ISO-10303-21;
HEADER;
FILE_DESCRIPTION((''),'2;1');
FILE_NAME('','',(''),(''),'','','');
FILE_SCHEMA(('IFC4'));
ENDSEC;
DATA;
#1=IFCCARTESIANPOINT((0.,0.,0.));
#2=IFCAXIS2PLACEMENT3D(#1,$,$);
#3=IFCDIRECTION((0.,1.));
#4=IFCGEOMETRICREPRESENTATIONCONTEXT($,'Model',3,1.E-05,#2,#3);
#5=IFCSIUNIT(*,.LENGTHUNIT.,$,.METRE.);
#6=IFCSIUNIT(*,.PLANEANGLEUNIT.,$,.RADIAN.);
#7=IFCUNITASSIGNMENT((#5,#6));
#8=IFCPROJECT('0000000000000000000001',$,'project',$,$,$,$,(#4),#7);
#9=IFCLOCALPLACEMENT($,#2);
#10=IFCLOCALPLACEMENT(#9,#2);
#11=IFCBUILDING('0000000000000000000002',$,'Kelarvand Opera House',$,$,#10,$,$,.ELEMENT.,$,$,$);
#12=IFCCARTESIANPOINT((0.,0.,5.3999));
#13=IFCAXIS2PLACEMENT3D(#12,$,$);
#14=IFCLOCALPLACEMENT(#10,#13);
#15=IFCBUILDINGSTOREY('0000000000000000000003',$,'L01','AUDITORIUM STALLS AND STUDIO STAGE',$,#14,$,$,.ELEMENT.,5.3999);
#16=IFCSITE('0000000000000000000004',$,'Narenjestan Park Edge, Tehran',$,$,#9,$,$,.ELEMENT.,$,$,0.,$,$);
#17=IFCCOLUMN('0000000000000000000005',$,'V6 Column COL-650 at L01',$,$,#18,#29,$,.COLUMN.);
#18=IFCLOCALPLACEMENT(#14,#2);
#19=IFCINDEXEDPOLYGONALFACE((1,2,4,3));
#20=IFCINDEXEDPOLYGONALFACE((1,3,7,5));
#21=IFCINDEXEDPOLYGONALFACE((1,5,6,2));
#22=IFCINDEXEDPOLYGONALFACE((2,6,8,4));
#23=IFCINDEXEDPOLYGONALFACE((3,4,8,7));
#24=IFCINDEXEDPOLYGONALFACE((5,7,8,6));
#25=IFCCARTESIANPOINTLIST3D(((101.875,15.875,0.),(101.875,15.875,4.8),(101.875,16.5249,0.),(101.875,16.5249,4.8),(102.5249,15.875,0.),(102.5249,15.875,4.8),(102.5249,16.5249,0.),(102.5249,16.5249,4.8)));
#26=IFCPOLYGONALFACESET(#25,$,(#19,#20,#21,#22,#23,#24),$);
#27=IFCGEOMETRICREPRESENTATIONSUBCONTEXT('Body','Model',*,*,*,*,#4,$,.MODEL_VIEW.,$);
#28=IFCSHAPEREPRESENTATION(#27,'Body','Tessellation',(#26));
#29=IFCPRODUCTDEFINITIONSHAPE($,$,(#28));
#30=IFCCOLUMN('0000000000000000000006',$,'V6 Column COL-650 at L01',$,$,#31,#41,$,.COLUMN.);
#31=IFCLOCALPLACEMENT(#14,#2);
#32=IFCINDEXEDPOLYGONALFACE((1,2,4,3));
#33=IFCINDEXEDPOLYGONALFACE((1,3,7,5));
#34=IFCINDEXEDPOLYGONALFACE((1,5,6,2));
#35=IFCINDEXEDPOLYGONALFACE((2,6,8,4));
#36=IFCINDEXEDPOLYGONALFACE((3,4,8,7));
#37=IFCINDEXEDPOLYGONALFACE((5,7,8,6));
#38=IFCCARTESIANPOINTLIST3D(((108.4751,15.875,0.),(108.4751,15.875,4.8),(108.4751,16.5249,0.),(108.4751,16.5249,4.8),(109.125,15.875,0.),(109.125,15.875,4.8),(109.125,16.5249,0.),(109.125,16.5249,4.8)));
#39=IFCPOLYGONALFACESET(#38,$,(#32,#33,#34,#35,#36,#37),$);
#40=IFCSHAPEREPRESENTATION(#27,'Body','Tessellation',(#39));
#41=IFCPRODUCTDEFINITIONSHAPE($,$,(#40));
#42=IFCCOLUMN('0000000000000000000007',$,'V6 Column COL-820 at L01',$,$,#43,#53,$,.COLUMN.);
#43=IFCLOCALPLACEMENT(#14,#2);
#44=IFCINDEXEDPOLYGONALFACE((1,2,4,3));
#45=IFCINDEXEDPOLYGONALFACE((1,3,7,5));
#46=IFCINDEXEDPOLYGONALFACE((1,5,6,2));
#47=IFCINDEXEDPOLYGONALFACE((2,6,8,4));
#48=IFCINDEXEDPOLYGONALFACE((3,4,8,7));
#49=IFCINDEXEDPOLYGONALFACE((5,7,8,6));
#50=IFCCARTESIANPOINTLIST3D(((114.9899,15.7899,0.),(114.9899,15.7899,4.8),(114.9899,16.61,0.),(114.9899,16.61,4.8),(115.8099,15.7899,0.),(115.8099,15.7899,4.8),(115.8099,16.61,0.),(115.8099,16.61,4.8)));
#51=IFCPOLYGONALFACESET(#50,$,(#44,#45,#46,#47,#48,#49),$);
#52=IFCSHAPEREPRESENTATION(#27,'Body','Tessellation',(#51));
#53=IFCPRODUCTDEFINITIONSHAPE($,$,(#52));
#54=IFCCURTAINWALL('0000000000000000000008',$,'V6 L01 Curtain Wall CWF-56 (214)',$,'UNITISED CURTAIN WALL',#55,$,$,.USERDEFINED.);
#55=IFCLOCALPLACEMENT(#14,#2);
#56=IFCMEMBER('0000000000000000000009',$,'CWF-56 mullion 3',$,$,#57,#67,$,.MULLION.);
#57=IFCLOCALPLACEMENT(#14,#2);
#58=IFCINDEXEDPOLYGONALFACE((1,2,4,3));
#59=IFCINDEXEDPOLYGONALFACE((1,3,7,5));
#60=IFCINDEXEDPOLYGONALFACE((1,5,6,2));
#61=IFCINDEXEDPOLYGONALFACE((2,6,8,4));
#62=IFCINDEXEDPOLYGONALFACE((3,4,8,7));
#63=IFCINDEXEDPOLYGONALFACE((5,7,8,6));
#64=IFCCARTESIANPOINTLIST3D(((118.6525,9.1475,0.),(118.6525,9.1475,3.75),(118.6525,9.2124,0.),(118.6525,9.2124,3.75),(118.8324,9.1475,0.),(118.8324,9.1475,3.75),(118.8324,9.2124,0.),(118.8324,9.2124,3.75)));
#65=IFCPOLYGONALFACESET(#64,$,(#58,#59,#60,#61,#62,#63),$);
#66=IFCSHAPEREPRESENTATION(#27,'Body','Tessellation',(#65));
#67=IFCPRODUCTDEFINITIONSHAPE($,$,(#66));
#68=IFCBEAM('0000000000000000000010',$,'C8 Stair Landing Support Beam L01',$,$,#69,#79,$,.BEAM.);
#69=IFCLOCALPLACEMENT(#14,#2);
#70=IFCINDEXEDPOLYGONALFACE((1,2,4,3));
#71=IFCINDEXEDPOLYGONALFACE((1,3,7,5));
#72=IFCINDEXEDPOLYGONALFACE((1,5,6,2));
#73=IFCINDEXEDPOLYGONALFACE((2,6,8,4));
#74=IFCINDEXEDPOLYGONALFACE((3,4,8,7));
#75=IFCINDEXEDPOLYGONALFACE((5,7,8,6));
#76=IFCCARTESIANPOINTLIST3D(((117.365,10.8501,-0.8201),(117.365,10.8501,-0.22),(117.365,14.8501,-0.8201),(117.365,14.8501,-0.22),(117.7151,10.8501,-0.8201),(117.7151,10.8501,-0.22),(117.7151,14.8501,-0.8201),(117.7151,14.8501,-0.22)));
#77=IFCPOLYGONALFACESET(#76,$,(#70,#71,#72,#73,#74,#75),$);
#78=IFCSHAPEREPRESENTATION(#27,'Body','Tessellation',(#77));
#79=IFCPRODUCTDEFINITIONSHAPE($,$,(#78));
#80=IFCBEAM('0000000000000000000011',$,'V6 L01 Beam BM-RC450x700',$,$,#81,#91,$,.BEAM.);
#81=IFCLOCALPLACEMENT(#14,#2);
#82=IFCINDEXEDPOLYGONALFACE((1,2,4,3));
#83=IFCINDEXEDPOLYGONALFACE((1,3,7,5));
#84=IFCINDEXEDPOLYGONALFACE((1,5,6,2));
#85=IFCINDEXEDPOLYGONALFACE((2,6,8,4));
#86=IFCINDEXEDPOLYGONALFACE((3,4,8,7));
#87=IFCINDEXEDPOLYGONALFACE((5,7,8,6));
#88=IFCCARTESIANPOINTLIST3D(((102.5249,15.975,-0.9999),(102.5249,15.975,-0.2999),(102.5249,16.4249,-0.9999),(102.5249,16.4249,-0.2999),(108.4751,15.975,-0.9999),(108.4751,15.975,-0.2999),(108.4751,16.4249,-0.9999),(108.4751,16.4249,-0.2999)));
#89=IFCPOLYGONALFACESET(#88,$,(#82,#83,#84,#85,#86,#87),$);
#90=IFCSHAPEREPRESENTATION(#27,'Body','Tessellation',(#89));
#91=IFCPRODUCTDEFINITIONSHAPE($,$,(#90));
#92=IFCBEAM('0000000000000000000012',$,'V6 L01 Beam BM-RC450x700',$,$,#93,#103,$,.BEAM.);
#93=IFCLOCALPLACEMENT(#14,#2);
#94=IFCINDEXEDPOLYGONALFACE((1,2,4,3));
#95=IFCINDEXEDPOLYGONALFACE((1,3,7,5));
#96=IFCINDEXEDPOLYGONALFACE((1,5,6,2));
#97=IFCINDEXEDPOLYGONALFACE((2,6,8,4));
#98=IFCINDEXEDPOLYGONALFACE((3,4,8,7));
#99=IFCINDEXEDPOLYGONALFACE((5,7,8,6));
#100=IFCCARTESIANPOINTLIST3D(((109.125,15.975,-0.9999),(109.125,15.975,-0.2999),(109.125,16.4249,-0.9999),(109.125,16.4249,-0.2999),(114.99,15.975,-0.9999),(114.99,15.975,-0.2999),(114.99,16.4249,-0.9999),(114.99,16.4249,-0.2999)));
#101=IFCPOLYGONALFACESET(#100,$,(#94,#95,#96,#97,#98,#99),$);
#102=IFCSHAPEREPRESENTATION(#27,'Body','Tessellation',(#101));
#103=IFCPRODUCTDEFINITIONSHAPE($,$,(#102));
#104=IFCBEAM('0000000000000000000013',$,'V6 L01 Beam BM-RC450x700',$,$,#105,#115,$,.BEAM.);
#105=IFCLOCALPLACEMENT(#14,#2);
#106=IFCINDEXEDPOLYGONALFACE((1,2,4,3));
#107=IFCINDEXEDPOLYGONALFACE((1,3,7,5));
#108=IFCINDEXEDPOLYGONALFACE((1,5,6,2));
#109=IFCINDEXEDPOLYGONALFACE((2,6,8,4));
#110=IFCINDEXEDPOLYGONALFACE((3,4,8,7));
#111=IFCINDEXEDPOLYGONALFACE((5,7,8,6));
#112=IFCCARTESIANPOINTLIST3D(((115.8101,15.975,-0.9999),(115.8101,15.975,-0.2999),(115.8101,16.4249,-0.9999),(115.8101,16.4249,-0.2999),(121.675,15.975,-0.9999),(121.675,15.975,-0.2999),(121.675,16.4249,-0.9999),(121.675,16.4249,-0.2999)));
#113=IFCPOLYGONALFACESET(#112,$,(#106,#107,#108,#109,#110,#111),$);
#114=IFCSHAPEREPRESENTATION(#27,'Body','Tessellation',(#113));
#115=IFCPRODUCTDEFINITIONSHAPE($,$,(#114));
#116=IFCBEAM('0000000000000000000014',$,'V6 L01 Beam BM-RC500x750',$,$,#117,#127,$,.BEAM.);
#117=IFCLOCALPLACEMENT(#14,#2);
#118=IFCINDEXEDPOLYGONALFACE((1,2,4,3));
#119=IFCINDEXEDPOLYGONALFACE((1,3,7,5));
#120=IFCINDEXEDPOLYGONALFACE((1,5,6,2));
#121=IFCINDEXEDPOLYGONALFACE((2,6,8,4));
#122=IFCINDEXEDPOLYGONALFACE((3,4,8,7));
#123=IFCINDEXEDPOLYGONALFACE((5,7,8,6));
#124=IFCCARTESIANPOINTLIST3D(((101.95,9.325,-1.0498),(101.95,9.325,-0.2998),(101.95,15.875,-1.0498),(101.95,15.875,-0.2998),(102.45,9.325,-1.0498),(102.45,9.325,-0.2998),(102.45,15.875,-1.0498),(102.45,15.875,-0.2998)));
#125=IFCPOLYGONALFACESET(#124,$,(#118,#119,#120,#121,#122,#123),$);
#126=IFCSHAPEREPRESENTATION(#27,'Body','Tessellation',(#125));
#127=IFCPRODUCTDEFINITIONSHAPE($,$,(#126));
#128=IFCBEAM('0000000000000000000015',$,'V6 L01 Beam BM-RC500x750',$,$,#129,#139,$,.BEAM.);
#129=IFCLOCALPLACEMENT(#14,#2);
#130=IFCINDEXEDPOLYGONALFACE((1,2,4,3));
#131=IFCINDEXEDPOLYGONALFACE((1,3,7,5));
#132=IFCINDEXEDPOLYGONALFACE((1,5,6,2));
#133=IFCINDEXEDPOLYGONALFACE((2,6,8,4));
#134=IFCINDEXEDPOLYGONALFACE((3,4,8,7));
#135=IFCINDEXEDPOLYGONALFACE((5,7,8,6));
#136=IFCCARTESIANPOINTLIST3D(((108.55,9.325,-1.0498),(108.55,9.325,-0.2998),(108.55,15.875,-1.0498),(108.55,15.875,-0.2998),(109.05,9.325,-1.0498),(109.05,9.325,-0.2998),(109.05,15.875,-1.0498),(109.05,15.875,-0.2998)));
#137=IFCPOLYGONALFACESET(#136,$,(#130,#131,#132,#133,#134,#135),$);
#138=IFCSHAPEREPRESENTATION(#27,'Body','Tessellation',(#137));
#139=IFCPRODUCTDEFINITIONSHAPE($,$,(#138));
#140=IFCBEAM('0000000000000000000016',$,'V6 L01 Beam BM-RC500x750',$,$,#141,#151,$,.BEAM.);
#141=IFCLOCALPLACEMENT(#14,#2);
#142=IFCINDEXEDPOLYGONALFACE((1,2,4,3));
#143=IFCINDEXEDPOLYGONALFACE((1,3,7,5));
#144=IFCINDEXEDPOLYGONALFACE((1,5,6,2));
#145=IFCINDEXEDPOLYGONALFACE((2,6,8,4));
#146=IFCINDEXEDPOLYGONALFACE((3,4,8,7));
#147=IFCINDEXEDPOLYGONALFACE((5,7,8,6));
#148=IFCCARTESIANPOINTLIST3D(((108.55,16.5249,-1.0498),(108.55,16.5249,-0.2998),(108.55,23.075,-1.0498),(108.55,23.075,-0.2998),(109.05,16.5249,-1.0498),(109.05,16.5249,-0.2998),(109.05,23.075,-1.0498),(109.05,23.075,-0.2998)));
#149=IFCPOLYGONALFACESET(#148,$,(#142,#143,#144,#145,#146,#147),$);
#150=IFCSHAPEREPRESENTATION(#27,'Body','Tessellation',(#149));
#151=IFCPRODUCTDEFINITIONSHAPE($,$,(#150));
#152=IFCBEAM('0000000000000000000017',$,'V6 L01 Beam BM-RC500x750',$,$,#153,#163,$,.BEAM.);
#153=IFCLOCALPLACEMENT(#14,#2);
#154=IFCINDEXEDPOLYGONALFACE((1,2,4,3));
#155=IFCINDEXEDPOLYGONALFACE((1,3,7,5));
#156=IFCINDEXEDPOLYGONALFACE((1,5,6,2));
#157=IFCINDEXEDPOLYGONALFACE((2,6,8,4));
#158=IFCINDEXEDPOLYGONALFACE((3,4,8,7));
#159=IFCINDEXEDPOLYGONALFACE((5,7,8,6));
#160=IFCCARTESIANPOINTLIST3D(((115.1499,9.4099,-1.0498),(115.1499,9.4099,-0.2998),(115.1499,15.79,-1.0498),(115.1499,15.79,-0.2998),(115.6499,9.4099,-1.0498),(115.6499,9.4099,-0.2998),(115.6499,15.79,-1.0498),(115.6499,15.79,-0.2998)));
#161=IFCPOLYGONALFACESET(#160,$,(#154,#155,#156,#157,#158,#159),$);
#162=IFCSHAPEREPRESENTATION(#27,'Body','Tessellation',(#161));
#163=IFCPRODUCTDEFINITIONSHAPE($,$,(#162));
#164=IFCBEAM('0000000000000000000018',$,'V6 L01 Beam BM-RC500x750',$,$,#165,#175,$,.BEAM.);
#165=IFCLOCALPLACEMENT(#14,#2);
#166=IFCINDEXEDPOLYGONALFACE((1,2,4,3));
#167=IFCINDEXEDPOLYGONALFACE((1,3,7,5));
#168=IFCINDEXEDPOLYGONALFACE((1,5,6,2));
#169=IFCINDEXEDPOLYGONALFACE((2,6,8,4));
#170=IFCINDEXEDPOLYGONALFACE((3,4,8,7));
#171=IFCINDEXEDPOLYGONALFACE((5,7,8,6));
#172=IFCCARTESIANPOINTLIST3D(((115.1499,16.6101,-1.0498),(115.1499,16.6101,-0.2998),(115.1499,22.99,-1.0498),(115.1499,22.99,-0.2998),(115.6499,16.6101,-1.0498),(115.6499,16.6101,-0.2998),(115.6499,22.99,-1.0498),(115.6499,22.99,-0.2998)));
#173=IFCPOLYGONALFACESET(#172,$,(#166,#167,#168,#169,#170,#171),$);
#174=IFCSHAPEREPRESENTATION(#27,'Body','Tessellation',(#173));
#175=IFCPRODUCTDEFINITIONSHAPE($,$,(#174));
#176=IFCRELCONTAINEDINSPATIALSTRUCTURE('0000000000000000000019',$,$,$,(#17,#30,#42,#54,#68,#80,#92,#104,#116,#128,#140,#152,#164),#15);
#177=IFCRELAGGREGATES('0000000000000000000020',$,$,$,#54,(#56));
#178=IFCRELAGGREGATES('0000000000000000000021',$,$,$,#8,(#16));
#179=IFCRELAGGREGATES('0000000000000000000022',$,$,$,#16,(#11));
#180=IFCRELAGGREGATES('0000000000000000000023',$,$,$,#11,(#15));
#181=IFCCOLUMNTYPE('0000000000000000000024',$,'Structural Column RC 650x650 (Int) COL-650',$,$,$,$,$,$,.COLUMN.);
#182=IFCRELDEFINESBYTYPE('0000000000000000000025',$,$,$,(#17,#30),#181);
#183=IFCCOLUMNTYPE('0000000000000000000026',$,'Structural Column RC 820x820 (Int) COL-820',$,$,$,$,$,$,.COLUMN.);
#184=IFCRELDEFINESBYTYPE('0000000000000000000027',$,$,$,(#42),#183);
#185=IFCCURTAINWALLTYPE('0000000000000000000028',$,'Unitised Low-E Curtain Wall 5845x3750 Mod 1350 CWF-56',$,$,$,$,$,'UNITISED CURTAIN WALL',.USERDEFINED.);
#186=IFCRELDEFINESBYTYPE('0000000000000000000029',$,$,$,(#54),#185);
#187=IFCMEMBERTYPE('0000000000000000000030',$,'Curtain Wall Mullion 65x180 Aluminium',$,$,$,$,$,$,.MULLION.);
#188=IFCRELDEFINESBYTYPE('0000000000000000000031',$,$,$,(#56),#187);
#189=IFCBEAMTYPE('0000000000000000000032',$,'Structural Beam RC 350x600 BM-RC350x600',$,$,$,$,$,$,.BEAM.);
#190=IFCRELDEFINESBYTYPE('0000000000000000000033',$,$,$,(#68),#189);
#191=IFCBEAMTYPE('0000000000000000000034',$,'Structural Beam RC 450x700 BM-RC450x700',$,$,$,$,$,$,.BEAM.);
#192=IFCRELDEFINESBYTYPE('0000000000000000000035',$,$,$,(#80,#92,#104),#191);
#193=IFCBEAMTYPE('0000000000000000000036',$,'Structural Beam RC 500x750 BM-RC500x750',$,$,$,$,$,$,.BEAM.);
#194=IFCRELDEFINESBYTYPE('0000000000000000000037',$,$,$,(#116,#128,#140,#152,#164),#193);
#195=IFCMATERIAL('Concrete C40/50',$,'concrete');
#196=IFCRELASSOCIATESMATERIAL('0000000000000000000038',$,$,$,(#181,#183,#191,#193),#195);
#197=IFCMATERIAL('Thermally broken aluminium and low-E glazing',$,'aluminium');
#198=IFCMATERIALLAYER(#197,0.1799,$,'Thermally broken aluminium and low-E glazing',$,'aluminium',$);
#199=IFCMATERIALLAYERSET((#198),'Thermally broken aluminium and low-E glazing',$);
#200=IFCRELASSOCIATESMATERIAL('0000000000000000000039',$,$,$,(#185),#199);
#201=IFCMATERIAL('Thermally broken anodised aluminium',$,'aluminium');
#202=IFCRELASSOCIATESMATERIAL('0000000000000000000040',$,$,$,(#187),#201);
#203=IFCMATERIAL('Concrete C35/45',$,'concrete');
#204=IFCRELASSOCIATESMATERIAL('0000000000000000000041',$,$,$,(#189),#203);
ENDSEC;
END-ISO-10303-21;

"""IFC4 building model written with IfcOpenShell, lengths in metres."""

from ifc_helpers import new_model, si_unit, direction, frame, origin, origin_2d, place, context, subcontext, project, spatial, rectangle, extrude, material, layer, layer_set, material_profile, profile_set, type_object, element, aggregate, save


model = new_model("IFC4")

# Units and contexts
model_context = context("Model", 3, precision=1e-05, world=origin(), true_north=direction((0.0, 1.0)))
body_context = subcontext(model_context, "Body", "Model", "MODEL_VIEW")
ifc_project = project(units=[si_unit("LENGTHUNIT", "METRE"), si_unit("PLANEANGLEUNIT", "RADIAN")], contexts=[model_context])

# Site, building, storey
site_placement = place(None, origin())
site = spatial("IfcSite", under=ifc_project, at=site_placement, Name="Narenjestan Park Edge, Tehran", CompositionType="ELEMENT", RefElevation=0.0)
building_placement = place(site_placement, origin())
building = spatial("IfcBuilding", under=site, at=building_placement, Name="Kelarvand Opera House", CompositionType="ELEMENT")
storey_placement = place(building_placement, frame((0.0, 0.0, 5.3999)))
storey = spatial("IfcBuildingStorey", under=building, at=storey_placement, Name="L01", Description="AUDITORIUM STALLS AND STUDIO STAGE", CompositionType="ELEMENT", Elevation=5.3999)

# Columns
ifc_material_1 = material(Name="Concrete C40/50", Category="concrete")
ifc_material_profile_1 = material_profile(ifc_material_1, rectangle(XDim=0.6499, YDim=0.6499, at=origin_2d()), Name="RC 650x650", Category="concrete")
ifc_profile_set_1 = profile_set([ifc_material_profile_1], Name="Concrete C40/50")
column_type_1 = type_object("IfcColumnType", Name="Structural Column RC 650x650 (Int) COL-650", PredefinedType="COLUMN", material=ifc_profile_set_1)
for number, where, z_axis, x_axis, name in (
    (1, (102.2, 16.2, 0.0), (0.0, 0.0, 1.0), (1.0, 0.0, 0.0), "V6 Column COL-650 at L01"),
    (2, (108.8, 16.2, 0.0), (0.0, 0.0, 1.0), (1.0, 0.0, 0.0), "V6 Column COL-650 at L01"),
):
    element("IfcColumn", number, at=place(storey_placement, frame(where, z_axis=z_axis, x_axis=x_axis)), inside=storey, type_object=column_type_1, Name=name, PredefinedType="COLUMN", context=body_context, shape_type="SweptSolid", body=[
        extrude(rectangle(XDim=0.6499, YDim=0.6499, at=origin_2d()), origin(), (0.0, 0.0, 1.0), 4.8),
    ])
ifc_material_profile_2 = material_profile(ifc_material_1, rectangle(XDim=0.8201, YDim=0.8201, at=origin_2d()), Name="RC 820x820", Category="concrete")
ifc_profile_set_2 = profile_set([ifc_material_profile_2], Name="Concrete C40/50")
column_type_2 = type_object("IfcColumnType", Name="Structural Column RC 820x820 (Int) COL-820", PredefinedType="COLUMN", material=ifc_profile_set_2)
column_placement = place(storey_placement, frame((115.3999, 16.2, 0.0), z_axis=(0.0, 0.0, 1.0), x_axis=(1.0, 0.0, 0.0)))
element("IfcColumn", 3, at=column_placement, inside=storey, type_object=column_type_2, Name="V6 Column COL-820 at L01", PredefinedType="COLUMN", context=body_context, shape_type="SweptSolid", body=[
    extrude(rectangle(XDim=0.8201, YDim=0.8201, at=origin_2d()), origin(), (0.0, 0.0, 1.0), 4.8),
])

# Curtain wall, member
ifc_material_2 = material(Name="Thermally broken aluminium and low-E glazing", Category="aluminium")
ifc_layer_1 = layer(ifc_material_2, 0.1799, Name="Thermally broken aluminium and low-E glazing", Category="aluminium")
ifc_layer_set_1 = layer_set([ifc_layer_1], Name="Thermally broken aluminium and low-E glazing")
curtain_wall_type = type_object("IfcCurtainWallType", Name="Unitised Low-E Curtain Wall 5845x3750 Mod 1350 CWF-56", ElementType="UNITISED CURTAIN WALL", PredefinedType="USERDEFINED", material=ifc_layer_set_1)
curtain_wall_placement = place(storey_placement, origin())
curtain_wall = element("IfcCurtainWall", 4, at=curtain_wall_placement, inside=storey, type_object=curtain_wall_type, Name="V6 L01 Curtain Wall CWF-56 (214)", ObjectType="UNITISED CURTAIN WALL", PredefinedType="USERDEFINED")
ifc_material_3 = material(Name="Thermally broken anodised aluminium", Category="aluminium")
ifc_material_profile_3 = material_profile(ifc_material_3, rectangle(XDim=0.0649, YDim=0.1799, at=origin_2d()), Name="ALU MULLION 65x180", Category="aluminium")
ifc_profile_set_3 = profile_set([ifc_material_profile_3], Name="Thermally broken anodised aluminium")
member_type = type_object("IfcMemberType", Name="Curtain Wall Mullion 65x180 Aluminium", PredefinedType="MULLION", material=ifc_profile_set_3)
member_placement = place(storey_placement, frame((118.7424, 9.1799, 0.0), z_axis=(0.0, 0.0, 1.0), x_axis=(0.0, -1.0, 0.0)))
member = element("IfcMember", 5, at=member_placement, type_object=member_type, Name="CWF-56 mullion 3", PredefinedType="MULLION", context=body_context, shape_type="SweptSolid", body=[
    extrude(rectangle(XDim=0.0649, YDim=0.1799, at=origin_2d()), origin(), (0.0, 0.0, 1.0), 3.75),
])

# Beams
ifc_material_4 = material(Name="Concrete C35/45", Category="concrete")
ifc_material_profile_4 = material_profile(ifc_material_4, rectangle(XDim=0.3501, YDim=0.6001, at=origin_2d()), Name="RC 350x600", Category="concrete")
ifc_profile_set_4 = profile_set([ifc_material_profile_4], Name="Concrete C35/45")
beam_type_1 = type_object("IfcBeamType", Name="Structural Beam RC 350x600 BM-RC350x600", PredefinedType="BEAM", material=ifc_profile_set_4)
beam_1_placement = place(storey_placement, frame((117.54, 10.8501, -0.52), z_axis=(0.0, 1.0, 0.0), x_axis=(-1.0, 0.0, 0.0)))
element("IfcBeam", 6, at=beam_1_placement, inside=storey, type_object=beam_type_1, Name="C8 Stair Landing Support Beam L01", PredefinedType="BEAM", context=body_context, shape_type="SweptSolid", body=[
    extrude(rectangle(XDim=0.3501, YDim=0.6001, at=origin_2d()), origin(), (0.0, 0.0, 1.0), 4.0),
])
ifc_material_profile_5 = material_profile(ifc_material_1, rectangle(XDim=0.45, YDim=0.7, at=origin_2d()), Name="RC 450x700", Category="concrete")
ifc_profile_set_5 = profile_set([ifc_material_profile_5], Name="Concrete C40/50")
beam_type_2 = type_object("IfcBeamType", Name="Structural Beam RC 450x700 BM-RC450x700", PredefinedType="BEAM", material=ifc_profile_set_5)
beam_2_placement = place(storey_placement, frame((102.5249, 16.2, -0.6499), z_axis=(1.0, 0.0, 0.0), x_axis=(0.0, 1.0, 0.0)))
element("IfcBeam", 7, at=beam_2_placement, inside=storey, type_object=beam_type_2, Name="V6 L01 Beam BM-RC450x700", PredefinedType="BEAM", context=body_context, shape_type="SweptSolid", body=[
    extrude(rectangle(XDim=0.45, YDim=0.7, at=origin_2d()), origin(), (0.0, 0.0, 1.0), 5.9502),
])
for number, where, z_axis, x_axis, name in (
    (8, (109.125, 16.2, -0.6499), (1.0, 0.0, 0.0), (0.0, 1.0, 0.0), "V6 L01 Beam BM-RC450x700"),
    (9, (115.8101, 16.2, -0.6499), (1.0, 0.0, 0.0), (0.0, 1.0, 0.0), "V6 L01 Beam BM-RC450x700"),
):
    element("IfcBeam", number, at=place(storey_placement, frame(where, z_axis=z_axis, x_axis=x_axis)), inside=storey, type_object=beam_type_2, Name=name, PredefinedType="BEAM", context=body_context, shape_type="SweptSolid", body=[
        extrude(rectangle(XDim=0.45, YDim=0.7, at=origin_2d()), origin(), (0.0, 0.0, 1.0), 5.865),
    ])
ifc_material_profile_6 = material_profile(ifc_material_1, rectangle(XDim=0.5, YDim=0.75, at=origin_2d()), Name="RC 500x750", Category="concrete")
ifc_profile_set_6 = profile_set([ifc_material_profile_6], Name="Concrete C40/50")
beam_type_3 = type_object("IfcBeamType", Name="Structural Beam RC 500x750 BM-RC500x750", PredefinedType="BEAM", material=ifc_profile_set_6)
for number, where, z_axis, x_axis, name in (
    (10, (102.2, 9.325, -0.6748), (0.0, 1.0, 0.0), (-1.0, 0.0, 0.0), "V6 L01 Beam BM-RC500x750"),
    (11, (108.8, 9.325, -0.6748), (0.0, 1.0, 0.0), (-1.0, 0.0, 0.0), "V6 L01 Beam BM-RC500x750"),
    (12, (108.8, 16.5249, -0.6748), (0.0, 1.0, 0.0), (-1.0, 0.0, 0.0), "V6 L01 Beam BM-RC500x750"),
):
    element("IfcBeam", number, at=place(storey_placement, frame(where, z_axis=z_axis, x_axis=x_axis)), inside=storey, type_object=beam_type_3, Name=name, PredefinedType="BEAM", context=body_context, shape_type="SweptSolid", body=[
        extrude(rectangle(XDim=0.5, YDim=0.75, at=origin_2d()), origin(), (0.0, 0.0, 1.0), 6.55),
    ])
beam_3_placement = place(storey_placement, frame((115.3999, 9.4099, -0.6748), z_axis=(0.0, 1.0, 0.0), x_axis=(-1.0, 0.0, 0.0)))
element("IfcBeam", 13, at=beam_3_placement, inside=storey, type_object=beam_type_3, Name="V6 L01 Beam BM-RC500x750", PredefinedType="BEAM", context=body_context, shape_type="SweptSolid", body=[
    extrude(rectangle(XDim=0.5, YDim=0.75, at=origin_2d()), origin(), (0.0, 0.0, 1.0), 6.3801),
])
beam_4_placement = place(storey_placement, frame((115.3999, 16.6101, -0.6748), z_axis=(0.0, 1.0, 0.0), x_axis=(-1.0, 0.0, 0.0)))
element("IfcBeam", 14, at=beam_4_placement, inside=storey, type_object=beam_type_3, Name="V6 L01 Beam BM-RC500x750", PredefinedType="BEAM", context=body_context, shape_type="SweptSolid", body=[
    extrude(rectangle(XDim=0.5, YDim=0.75, at=origin_2d()), origin(), (0.0, 0.0, 1.0), 6.3799),
])

aggregate(curtain_wall, [member])

save(model, "model.ifc")
